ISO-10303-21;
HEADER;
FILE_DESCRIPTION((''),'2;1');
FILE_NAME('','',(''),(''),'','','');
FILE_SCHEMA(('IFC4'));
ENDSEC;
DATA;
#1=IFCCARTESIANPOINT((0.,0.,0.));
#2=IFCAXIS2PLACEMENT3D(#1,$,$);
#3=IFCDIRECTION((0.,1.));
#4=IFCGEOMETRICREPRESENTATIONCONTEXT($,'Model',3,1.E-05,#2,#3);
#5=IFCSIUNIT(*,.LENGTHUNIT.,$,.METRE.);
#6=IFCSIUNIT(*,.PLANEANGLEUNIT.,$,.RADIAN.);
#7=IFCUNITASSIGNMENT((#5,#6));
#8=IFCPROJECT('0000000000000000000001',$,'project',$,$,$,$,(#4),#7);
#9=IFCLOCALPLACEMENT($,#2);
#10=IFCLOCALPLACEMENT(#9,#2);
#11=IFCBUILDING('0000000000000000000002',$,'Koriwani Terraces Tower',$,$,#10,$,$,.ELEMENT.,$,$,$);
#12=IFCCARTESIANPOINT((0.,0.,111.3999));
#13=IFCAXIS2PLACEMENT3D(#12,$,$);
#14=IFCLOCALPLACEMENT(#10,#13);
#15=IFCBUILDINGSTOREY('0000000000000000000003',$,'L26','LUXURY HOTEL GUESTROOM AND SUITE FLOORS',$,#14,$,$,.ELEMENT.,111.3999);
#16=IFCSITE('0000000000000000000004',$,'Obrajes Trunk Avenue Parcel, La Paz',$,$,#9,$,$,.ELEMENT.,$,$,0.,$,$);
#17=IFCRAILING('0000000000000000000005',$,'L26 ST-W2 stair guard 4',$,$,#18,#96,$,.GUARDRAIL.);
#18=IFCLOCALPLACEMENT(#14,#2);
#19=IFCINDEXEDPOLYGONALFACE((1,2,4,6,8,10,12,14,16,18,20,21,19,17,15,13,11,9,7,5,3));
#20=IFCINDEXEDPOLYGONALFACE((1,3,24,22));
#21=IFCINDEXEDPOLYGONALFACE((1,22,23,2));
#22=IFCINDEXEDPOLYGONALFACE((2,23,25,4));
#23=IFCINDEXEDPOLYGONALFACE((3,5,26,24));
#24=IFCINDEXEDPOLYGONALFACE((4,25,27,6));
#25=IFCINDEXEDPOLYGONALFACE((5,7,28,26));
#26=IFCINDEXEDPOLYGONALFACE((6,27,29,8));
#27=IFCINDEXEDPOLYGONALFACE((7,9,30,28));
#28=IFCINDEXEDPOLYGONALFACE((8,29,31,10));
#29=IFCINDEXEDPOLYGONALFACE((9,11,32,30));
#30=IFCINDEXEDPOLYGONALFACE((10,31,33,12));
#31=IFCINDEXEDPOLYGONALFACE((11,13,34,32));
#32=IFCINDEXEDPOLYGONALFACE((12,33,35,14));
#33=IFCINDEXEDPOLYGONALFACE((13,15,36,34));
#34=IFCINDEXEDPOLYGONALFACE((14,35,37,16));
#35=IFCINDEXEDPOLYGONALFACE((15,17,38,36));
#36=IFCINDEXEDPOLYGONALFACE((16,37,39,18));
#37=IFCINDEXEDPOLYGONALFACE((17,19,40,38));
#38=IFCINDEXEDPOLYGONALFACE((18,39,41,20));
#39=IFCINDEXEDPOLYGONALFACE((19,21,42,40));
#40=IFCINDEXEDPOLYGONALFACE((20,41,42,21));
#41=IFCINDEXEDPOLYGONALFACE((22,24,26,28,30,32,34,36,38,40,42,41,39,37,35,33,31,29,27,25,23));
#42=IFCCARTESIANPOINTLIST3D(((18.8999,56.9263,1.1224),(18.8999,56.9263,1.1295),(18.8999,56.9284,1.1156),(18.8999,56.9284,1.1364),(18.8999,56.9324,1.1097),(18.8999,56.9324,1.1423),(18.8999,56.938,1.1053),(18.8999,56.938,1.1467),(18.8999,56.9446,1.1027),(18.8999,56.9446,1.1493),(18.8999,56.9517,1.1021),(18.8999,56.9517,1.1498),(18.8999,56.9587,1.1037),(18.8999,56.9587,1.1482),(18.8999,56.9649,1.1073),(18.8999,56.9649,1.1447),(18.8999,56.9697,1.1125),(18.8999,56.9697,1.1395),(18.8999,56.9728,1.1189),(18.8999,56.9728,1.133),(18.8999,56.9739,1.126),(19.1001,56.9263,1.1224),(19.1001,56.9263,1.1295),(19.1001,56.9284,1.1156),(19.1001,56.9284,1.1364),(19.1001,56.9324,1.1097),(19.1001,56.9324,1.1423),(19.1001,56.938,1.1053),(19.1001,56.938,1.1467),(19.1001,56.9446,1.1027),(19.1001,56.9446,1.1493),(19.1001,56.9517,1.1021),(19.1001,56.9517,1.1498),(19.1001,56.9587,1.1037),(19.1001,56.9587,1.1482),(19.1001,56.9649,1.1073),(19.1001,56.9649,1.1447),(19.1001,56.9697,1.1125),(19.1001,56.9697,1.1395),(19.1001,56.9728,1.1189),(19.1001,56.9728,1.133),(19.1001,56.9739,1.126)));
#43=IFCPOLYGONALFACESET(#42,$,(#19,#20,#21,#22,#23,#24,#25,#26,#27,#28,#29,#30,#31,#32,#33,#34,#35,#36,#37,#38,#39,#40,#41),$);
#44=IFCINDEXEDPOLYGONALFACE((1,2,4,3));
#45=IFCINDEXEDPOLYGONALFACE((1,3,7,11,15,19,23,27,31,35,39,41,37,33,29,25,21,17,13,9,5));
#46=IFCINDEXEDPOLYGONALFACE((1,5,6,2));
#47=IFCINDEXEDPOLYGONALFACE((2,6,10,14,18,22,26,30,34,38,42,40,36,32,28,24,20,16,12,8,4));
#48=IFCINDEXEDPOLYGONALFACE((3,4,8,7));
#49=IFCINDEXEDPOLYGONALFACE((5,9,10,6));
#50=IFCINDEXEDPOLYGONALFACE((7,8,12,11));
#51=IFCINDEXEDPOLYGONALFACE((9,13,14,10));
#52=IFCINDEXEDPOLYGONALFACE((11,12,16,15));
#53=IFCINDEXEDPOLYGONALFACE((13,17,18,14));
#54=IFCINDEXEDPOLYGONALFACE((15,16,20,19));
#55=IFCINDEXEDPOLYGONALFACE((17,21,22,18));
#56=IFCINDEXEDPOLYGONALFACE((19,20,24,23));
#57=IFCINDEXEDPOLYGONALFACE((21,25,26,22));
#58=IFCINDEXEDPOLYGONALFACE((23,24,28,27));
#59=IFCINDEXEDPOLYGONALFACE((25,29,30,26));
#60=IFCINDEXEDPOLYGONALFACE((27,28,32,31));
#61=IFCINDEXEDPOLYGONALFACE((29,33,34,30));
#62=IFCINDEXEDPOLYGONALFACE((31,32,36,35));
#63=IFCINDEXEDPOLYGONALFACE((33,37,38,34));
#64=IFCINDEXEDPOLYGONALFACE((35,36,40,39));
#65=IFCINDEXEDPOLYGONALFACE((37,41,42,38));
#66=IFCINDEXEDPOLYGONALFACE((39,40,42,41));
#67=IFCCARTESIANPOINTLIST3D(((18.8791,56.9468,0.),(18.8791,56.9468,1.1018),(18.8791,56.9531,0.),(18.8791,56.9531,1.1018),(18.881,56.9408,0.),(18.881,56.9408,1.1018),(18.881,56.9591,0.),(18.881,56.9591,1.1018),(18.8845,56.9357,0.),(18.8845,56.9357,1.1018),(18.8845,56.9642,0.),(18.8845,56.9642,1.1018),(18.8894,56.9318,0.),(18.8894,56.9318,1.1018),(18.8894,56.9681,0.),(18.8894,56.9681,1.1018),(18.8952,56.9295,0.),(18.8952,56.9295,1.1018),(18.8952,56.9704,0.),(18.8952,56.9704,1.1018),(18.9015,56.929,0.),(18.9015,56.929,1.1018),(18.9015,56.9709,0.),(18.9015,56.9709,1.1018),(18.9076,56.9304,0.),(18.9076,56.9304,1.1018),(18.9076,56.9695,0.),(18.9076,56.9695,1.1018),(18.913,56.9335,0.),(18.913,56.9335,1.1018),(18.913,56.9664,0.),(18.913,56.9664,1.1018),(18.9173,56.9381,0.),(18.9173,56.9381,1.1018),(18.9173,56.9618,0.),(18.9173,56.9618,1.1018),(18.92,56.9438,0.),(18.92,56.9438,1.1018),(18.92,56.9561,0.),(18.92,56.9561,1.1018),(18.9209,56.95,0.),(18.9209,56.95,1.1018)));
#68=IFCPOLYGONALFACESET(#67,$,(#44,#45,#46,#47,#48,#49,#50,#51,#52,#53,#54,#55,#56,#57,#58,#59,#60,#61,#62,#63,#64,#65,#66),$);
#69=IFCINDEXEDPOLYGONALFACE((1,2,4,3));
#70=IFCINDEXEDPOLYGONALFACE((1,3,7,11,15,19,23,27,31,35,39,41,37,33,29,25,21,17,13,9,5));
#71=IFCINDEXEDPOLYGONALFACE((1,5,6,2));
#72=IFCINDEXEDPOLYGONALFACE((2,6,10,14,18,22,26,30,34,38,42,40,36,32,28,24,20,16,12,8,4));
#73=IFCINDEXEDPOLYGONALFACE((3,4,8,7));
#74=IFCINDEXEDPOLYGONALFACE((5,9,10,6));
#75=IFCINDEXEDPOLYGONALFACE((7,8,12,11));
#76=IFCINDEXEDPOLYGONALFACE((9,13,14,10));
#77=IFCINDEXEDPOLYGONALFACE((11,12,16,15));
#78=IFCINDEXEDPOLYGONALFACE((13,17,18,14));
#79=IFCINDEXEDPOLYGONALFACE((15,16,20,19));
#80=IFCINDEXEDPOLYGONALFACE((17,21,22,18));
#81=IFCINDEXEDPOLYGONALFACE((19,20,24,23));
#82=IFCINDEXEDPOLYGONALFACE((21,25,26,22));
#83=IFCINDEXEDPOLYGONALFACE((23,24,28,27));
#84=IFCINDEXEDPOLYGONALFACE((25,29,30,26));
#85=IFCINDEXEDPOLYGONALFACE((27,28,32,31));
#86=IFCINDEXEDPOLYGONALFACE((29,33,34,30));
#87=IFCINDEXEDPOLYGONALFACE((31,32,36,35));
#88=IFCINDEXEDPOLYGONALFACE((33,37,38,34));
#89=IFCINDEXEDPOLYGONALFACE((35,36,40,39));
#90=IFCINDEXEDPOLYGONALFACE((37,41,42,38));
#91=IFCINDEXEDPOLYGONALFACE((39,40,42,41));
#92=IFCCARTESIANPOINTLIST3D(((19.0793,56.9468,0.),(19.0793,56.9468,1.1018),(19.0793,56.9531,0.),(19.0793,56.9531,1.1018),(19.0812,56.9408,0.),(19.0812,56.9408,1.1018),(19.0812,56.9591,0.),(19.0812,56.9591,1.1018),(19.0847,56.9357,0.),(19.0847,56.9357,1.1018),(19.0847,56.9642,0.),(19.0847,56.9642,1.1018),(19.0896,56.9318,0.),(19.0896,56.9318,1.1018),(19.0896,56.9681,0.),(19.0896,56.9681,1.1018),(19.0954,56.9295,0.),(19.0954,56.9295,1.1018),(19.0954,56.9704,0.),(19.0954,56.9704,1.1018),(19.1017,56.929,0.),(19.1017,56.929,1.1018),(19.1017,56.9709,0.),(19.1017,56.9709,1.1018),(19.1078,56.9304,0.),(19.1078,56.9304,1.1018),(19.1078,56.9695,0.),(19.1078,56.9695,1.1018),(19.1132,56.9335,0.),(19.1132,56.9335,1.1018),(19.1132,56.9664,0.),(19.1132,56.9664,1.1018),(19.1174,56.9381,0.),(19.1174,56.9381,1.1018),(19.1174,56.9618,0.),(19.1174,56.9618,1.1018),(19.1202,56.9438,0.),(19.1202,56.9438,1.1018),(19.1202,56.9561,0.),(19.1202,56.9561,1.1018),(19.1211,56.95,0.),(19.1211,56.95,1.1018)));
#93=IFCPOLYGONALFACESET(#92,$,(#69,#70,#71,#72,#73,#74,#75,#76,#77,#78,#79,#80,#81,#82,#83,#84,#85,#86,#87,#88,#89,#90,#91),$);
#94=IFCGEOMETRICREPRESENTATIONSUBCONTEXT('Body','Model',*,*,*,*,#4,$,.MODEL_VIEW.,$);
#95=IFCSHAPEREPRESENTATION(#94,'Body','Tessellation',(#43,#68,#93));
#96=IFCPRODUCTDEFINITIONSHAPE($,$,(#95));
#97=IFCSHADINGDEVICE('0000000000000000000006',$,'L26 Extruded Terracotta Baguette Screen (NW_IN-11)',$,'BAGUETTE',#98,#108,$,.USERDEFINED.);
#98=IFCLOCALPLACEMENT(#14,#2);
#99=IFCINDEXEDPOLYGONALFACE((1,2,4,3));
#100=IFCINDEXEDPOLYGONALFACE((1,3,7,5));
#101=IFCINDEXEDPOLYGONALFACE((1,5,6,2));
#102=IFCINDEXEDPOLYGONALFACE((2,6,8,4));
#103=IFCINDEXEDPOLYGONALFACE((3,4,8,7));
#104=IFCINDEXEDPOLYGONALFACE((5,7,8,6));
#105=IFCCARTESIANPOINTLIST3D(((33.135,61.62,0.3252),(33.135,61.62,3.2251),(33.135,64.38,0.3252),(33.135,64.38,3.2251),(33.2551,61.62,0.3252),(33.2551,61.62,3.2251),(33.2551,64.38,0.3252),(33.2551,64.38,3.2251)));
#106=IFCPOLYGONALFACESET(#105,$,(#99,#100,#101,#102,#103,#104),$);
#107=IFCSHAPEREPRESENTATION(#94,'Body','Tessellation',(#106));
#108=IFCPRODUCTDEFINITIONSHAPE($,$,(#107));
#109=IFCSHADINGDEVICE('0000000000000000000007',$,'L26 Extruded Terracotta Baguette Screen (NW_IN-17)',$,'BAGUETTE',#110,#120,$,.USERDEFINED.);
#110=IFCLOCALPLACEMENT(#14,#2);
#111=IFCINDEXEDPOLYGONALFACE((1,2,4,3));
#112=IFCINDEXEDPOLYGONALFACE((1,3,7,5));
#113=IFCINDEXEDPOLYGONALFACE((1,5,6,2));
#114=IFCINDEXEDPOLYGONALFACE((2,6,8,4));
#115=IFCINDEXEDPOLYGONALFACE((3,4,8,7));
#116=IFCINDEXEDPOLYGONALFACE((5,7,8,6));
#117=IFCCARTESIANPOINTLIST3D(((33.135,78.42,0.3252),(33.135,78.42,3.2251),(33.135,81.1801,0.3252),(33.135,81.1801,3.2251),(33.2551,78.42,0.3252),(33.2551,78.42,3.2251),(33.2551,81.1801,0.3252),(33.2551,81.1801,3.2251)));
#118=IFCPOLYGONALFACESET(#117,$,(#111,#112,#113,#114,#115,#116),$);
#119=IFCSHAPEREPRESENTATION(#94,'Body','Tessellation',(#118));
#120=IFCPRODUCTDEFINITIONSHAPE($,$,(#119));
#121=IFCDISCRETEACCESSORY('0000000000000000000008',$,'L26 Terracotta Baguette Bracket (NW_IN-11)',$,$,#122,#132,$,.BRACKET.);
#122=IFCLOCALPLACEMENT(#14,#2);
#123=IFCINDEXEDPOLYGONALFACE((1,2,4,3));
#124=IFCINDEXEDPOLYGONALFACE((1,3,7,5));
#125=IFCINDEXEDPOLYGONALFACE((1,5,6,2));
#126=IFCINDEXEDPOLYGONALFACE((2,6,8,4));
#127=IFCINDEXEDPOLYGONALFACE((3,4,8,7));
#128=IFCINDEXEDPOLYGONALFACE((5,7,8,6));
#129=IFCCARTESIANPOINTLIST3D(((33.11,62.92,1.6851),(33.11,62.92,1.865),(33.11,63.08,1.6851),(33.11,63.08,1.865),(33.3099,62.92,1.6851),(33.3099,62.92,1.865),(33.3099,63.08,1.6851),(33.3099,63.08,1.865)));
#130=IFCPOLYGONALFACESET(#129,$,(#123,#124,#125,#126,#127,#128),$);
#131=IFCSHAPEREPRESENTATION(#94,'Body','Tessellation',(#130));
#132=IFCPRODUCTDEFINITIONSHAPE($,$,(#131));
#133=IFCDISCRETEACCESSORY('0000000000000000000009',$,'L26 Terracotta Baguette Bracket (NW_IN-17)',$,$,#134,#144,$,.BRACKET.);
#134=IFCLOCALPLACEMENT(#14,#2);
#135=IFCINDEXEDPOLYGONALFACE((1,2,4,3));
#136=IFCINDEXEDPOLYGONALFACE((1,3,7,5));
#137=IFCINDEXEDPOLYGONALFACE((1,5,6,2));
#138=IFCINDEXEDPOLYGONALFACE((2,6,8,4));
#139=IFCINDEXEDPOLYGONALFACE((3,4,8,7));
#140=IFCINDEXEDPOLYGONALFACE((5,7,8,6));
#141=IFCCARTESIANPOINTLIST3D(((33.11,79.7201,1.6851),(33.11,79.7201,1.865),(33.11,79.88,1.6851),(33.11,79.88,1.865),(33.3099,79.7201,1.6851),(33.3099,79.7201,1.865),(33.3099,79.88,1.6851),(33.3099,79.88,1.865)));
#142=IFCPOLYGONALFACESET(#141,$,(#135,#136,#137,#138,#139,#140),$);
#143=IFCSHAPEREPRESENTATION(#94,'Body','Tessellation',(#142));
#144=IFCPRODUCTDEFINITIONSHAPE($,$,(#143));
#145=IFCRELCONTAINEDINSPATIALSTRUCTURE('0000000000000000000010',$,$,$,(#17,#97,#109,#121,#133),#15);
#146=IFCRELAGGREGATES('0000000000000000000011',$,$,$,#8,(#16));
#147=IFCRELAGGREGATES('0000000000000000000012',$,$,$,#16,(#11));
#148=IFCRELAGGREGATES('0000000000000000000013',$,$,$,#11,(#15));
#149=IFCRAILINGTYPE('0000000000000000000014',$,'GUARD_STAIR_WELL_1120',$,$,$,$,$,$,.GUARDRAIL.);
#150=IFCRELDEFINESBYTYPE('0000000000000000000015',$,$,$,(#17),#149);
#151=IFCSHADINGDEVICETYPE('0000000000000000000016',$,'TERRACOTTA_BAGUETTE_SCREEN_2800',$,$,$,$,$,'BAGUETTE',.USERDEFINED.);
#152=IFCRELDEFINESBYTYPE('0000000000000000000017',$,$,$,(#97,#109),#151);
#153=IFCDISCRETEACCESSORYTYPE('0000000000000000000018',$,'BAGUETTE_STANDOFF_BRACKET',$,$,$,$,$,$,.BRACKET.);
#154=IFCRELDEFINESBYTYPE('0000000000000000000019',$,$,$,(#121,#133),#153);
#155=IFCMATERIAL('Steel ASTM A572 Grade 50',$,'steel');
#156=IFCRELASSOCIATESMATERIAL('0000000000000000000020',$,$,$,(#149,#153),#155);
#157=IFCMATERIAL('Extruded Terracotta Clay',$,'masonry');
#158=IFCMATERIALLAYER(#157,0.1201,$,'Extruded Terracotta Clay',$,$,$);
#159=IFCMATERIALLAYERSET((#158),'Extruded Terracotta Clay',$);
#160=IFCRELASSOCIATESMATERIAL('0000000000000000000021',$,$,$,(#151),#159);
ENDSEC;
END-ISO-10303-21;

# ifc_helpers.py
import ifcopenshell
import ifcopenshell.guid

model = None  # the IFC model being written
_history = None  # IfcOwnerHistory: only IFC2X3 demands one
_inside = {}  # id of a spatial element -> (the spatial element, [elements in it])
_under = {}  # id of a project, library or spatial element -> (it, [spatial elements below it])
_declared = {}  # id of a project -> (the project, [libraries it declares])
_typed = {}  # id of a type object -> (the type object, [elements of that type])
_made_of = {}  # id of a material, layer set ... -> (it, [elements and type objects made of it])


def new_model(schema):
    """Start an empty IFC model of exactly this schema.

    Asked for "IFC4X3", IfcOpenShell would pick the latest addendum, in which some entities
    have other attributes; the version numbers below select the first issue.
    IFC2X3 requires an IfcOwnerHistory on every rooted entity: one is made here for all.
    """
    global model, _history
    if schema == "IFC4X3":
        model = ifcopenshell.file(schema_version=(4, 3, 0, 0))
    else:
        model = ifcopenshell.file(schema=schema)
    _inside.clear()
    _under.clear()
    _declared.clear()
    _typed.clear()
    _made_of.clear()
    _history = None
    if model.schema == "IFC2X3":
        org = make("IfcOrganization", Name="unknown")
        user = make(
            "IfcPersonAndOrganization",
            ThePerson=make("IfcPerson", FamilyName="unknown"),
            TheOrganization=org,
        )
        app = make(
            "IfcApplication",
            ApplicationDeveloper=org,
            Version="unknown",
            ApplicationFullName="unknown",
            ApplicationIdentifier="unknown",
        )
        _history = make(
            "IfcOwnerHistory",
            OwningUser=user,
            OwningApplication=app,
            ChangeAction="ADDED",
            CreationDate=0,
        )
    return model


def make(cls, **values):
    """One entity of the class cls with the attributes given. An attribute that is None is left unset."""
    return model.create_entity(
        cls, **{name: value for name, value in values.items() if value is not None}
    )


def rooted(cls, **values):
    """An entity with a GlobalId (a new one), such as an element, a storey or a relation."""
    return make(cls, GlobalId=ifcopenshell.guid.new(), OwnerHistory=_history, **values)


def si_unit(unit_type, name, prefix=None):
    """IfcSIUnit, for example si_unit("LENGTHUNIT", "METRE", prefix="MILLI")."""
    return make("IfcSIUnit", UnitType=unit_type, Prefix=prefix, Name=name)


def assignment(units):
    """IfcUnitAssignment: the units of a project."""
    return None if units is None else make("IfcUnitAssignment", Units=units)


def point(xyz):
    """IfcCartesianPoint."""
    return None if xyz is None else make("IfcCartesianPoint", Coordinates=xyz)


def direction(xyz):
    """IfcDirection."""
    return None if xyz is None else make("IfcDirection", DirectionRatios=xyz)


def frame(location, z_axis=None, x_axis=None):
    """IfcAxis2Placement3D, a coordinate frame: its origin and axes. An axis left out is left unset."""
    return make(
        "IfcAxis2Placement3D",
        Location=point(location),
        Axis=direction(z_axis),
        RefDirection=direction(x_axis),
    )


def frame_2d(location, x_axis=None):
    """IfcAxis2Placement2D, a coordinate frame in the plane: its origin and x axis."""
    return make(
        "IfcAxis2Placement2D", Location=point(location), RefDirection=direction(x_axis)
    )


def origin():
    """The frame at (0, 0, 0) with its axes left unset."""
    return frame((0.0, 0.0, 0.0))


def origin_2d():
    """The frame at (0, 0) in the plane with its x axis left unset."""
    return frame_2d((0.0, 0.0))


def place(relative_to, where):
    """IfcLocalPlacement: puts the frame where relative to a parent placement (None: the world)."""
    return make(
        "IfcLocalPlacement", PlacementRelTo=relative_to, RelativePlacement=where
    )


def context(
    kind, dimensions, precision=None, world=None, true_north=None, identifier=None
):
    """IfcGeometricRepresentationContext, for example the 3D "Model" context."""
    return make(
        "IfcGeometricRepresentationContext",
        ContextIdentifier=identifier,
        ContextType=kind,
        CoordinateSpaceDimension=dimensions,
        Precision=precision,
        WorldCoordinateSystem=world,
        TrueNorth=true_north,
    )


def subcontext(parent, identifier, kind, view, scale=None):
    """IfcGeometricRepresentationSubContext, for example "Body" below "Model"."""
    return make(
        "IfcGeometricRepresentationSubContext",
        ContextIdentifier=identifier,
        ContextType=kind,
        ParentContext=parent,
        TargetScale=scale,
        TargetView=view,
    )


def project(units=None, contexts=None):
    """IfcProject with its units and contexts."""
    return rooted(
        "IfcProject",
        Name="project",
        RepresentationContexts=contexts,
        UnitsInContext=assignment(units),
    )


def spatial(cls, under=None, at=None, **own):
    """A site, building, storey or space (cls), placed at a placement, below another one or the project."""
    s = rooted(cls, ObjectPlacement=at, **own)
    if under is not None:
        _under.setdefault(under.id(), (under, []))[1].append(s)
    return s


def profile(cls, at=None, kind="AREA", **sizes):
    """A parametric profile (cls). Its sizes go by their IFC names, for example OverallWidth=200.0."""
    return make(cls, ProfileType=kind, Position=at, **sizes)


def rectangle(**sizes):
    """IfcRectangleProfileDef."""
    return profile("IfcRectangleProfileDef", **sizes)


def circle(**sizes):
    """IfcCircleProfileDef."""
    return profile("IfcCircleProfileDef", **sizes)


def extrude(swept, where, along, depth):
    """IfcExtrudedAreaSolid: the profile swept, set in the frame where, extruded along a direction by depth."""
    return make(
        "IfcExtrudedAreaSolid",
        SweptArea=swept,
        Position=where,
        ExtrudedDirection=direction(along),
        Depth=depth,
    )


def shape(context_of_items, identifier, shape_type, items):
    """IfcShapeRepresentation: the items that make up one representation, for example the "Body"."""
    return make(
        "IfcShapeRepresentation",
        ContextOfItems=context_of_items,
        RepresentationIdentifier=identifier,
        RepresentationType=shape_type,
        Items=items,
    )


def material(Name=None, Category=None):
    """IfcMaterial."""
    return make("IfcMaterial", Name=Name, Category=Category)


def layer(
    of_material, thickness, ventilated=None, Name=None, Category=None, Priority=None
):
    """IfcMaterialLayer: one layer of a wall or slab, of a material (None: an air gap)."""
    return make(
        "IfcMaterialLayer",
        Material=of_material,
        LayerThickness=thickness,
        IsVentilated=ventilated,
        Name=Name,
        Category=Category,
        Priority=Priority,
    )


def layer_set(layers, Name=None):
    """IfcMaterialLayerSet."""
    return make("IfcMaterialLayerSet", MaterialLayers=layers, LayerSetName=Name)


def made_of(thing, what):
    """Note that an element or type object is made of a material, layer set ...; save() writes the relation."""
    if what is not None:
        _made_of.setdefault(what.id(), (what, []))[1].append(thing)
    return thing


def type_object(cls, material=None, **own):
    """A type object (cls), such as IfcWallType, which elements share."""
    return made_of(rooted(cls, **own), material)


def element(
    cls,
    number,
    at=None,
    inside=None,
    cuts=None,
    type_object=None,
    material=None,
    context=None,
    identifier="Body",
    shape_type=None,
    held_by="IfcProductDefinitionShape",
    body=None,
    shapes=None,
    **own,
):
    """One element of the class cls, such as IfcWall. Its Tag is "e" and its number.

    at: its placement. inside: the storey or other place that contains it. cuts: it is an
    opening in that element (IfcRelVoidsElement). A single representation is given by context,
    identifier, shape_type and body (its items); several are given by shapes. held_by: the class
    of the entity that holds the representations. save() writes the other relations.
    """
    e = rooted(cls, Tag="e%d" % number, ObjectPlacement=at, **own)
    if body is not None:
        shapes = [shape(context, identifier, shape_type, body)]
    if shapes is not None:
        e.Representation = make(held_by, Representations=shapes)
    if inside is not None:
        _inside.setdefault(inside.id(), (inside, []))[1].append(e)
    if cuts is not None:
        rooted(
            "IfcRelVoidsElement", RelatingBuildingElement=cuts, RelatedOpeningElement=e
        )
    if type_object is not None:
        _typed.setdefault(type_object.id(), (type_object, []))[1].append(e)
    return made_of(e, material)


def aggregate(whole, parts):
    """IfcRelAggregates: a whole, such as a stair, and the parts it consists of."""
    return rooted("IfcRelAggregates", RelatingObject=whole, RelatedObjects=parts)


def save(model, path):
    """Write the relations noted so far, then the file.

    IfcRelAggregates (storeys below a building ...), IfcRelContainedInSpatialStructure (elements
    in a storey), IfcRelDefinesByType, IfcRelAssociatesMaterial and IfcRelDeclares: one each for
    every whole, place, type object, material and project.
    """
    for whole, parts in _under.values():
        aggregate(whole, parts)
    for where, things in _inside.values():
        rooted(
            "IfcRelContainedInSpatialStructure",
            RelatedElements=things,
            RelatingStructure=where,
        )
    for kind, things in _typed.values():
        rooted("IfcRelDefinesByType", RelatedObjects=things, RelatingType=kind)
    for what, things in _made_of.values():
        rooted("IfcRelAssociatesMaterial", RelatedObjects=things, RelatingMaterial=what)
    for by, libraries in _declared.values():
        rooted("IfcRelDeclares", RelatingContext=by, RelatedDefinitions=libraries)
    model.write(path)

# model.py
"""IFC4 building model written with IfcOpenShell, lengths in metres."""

from ifc_helpers import new_model, si_unit, direction, frame, origin, origin_2d, place, context, subcontext, project, spatial, rectangle, circle, extrude, material, layer, layer_set, type_object, element, save


model = new_model("IFC4")

# Units and contexts
model_context = context("Model", 3, precision=1e-05, world=origin(), true_north=direction((0.0, 1.0)))
body_context = subcontext(model_context, "Body", "Model", "MODEL_VIEW")
ifc_project = project(units=[si_unit("LENGTHUNIT", "METRE"), si_unit("PLANEANGLEUNIT", "RADIAN")], contexts=[model_context])

# Site, building, storey
site_placement = place(None, origin())
site = spatial("IfcSite", under=ifc_project, at=site_placement, Name="Obrajes Trunk Avenue Parcel, La Paz", CompositionType="ELEMENT", RefElevation=0.0)
building_placement = place(site_placement, origin())
building = spatial("IfcBuilding", under=site, at=building_placement, Name="Koriwani Terraces Tower", CompositionType="ELEMENT")
storey_placement = place(building_placement, frame((0.0, 0.0, 111.3999)))
storey = spatial("IfcBuildingStorey", under=building, at=storey_placement, Name="L26", Description="LUXURY HOTEL GUESTROOM AND SUITE FLOORS", CompositionType="ELEMENT", Elevation=111.3999)

# Shared definitions
ifc_material_1 = material(Name="Steel ASTM A572 Grade 50", Category="steel")

# Railing
railing_type = type_object("IfcRailingType", Name="GUARD_STAIR_WELL_1120", PredefinedType="GUARDRAIL", material=ifc_material_1)
railing_1_placement = place(storey_placement, frame((18.8999, 56.95, 0.0)))
element("IfcRailing", 1, at=railing_1_placement, inside=storey, type_object=railing_type, Name="L26 ST-W2 stair guard 4", PredefinedType="GUARDRAIL", context=body_context, shape_type="SweptSolid", body=[
    extrude(circle(Radius=0.0239, at=origin_2d()), frame((0.0, 0.0, 1.126), z_axis=(1.0, 0.0, 0.0), x_axis=(0.0, 1.0, 0.0)), (0.0, 0.0, 1.0), 0.2002),
    extrude(circle(Radius=0.021, at=origin_2d()), origin(), (0.0, 0.0, 1.0), 1.1018),
    extrude(circle(Radius=0.021, at=origin_2d()), frame((0.2002, 0.0, 0.0)), (0.0, 0.0, 1.0), 1.1018),
])

# Shading devices
ifc_material_2 = material(Name="Extruded Terracotta Clay", Category="masonry")
ifc_layer_1 = layer(ifc_material_2, 0.1201, Name="Extruded Terracotta Clay")
ifc_layer_set_1 = layer_set([ifc_layer_1], Name="Extruded Terracotta Clay")
shading_device_type = type_object("IfcShadingDeviceType", Name="TERRACOTTA_BAGUETTE_SCREEN_2800", ElementType="BAGUETTE", PredefinedType="USERDEFINED", material=ifc_layer_set_1)
for number, where, z_axis, x_axis, name in (
    (2, (33.1951, 63.0, 0.3252), (0.0, 0.0, 1.0), (0.0, -1.0, 0.0), "L26 Extruded Terracotta Baguette Screen (NW_IN-11)"),
    (3, (33.1951, 79.8, 0.3252), (0.0, 0.0, 1.0), (0.0, -1.0, 0.0), "L26 Extruded Terracotta Baguette Screen (NW_IN-17)"),
):
    element("IfcShadingDevice", number, at=place(storey_placement, frame(where, z_axis=z_axis, x_axis=x_axis)), inside=storey, type_object=shading_device_type, Name=name, ObjectType="BAGUETTE", PredefinedType="USERDEFINED", context=body_context, shape_type="SweptSolid", body=[
        extrude(rectangle(XDim=2.76, YDim=0.1201, at=origin_2d()), origin(), (0.0, 0.0, 1.0), 2.8999),
    ])

# Discrete accessories
discrete_accessory_type = type_object("IfcDiscreteAccessoryType", Name="BAGUETTE_STANDOFF_BRACKET", PredefinedType="BRACKET", material=ifc_material_1)
for number, where, z_axis, x_axis, name in (
    (4, (33.21, 63.0, 1.6851), (0.0, 0.0, 1.0), (0.0, -1.0, 0.0), "L26 Terracotta Baguette Bracket (NW_IN-11)"),
    (5, (33.21, 79.8, 1.6851), (0.0, 0.0, 1.0), (0.0, -1.0, 0.0), "L26 Terracotta Baguette Bracket (NW_IN-17)"),
):
    element("IfcDiscreteAccessory", number, at=place(storey_placement, frame(where, z_axis=z_axis, x_axis=x_axis)), inside=storey, type_object=discrete_accessory_type, Name=name, PredefinedType="BRACKET", context=body_context, shape_type="SweptSolid", body=[
        extrude(rectangle(XDim=0.1599, YDim=0.2, at=origin_2d()), origin(), (0.0, 0.0, 1.0), 0.1799),
    ])

save(model, "model.ifc")
